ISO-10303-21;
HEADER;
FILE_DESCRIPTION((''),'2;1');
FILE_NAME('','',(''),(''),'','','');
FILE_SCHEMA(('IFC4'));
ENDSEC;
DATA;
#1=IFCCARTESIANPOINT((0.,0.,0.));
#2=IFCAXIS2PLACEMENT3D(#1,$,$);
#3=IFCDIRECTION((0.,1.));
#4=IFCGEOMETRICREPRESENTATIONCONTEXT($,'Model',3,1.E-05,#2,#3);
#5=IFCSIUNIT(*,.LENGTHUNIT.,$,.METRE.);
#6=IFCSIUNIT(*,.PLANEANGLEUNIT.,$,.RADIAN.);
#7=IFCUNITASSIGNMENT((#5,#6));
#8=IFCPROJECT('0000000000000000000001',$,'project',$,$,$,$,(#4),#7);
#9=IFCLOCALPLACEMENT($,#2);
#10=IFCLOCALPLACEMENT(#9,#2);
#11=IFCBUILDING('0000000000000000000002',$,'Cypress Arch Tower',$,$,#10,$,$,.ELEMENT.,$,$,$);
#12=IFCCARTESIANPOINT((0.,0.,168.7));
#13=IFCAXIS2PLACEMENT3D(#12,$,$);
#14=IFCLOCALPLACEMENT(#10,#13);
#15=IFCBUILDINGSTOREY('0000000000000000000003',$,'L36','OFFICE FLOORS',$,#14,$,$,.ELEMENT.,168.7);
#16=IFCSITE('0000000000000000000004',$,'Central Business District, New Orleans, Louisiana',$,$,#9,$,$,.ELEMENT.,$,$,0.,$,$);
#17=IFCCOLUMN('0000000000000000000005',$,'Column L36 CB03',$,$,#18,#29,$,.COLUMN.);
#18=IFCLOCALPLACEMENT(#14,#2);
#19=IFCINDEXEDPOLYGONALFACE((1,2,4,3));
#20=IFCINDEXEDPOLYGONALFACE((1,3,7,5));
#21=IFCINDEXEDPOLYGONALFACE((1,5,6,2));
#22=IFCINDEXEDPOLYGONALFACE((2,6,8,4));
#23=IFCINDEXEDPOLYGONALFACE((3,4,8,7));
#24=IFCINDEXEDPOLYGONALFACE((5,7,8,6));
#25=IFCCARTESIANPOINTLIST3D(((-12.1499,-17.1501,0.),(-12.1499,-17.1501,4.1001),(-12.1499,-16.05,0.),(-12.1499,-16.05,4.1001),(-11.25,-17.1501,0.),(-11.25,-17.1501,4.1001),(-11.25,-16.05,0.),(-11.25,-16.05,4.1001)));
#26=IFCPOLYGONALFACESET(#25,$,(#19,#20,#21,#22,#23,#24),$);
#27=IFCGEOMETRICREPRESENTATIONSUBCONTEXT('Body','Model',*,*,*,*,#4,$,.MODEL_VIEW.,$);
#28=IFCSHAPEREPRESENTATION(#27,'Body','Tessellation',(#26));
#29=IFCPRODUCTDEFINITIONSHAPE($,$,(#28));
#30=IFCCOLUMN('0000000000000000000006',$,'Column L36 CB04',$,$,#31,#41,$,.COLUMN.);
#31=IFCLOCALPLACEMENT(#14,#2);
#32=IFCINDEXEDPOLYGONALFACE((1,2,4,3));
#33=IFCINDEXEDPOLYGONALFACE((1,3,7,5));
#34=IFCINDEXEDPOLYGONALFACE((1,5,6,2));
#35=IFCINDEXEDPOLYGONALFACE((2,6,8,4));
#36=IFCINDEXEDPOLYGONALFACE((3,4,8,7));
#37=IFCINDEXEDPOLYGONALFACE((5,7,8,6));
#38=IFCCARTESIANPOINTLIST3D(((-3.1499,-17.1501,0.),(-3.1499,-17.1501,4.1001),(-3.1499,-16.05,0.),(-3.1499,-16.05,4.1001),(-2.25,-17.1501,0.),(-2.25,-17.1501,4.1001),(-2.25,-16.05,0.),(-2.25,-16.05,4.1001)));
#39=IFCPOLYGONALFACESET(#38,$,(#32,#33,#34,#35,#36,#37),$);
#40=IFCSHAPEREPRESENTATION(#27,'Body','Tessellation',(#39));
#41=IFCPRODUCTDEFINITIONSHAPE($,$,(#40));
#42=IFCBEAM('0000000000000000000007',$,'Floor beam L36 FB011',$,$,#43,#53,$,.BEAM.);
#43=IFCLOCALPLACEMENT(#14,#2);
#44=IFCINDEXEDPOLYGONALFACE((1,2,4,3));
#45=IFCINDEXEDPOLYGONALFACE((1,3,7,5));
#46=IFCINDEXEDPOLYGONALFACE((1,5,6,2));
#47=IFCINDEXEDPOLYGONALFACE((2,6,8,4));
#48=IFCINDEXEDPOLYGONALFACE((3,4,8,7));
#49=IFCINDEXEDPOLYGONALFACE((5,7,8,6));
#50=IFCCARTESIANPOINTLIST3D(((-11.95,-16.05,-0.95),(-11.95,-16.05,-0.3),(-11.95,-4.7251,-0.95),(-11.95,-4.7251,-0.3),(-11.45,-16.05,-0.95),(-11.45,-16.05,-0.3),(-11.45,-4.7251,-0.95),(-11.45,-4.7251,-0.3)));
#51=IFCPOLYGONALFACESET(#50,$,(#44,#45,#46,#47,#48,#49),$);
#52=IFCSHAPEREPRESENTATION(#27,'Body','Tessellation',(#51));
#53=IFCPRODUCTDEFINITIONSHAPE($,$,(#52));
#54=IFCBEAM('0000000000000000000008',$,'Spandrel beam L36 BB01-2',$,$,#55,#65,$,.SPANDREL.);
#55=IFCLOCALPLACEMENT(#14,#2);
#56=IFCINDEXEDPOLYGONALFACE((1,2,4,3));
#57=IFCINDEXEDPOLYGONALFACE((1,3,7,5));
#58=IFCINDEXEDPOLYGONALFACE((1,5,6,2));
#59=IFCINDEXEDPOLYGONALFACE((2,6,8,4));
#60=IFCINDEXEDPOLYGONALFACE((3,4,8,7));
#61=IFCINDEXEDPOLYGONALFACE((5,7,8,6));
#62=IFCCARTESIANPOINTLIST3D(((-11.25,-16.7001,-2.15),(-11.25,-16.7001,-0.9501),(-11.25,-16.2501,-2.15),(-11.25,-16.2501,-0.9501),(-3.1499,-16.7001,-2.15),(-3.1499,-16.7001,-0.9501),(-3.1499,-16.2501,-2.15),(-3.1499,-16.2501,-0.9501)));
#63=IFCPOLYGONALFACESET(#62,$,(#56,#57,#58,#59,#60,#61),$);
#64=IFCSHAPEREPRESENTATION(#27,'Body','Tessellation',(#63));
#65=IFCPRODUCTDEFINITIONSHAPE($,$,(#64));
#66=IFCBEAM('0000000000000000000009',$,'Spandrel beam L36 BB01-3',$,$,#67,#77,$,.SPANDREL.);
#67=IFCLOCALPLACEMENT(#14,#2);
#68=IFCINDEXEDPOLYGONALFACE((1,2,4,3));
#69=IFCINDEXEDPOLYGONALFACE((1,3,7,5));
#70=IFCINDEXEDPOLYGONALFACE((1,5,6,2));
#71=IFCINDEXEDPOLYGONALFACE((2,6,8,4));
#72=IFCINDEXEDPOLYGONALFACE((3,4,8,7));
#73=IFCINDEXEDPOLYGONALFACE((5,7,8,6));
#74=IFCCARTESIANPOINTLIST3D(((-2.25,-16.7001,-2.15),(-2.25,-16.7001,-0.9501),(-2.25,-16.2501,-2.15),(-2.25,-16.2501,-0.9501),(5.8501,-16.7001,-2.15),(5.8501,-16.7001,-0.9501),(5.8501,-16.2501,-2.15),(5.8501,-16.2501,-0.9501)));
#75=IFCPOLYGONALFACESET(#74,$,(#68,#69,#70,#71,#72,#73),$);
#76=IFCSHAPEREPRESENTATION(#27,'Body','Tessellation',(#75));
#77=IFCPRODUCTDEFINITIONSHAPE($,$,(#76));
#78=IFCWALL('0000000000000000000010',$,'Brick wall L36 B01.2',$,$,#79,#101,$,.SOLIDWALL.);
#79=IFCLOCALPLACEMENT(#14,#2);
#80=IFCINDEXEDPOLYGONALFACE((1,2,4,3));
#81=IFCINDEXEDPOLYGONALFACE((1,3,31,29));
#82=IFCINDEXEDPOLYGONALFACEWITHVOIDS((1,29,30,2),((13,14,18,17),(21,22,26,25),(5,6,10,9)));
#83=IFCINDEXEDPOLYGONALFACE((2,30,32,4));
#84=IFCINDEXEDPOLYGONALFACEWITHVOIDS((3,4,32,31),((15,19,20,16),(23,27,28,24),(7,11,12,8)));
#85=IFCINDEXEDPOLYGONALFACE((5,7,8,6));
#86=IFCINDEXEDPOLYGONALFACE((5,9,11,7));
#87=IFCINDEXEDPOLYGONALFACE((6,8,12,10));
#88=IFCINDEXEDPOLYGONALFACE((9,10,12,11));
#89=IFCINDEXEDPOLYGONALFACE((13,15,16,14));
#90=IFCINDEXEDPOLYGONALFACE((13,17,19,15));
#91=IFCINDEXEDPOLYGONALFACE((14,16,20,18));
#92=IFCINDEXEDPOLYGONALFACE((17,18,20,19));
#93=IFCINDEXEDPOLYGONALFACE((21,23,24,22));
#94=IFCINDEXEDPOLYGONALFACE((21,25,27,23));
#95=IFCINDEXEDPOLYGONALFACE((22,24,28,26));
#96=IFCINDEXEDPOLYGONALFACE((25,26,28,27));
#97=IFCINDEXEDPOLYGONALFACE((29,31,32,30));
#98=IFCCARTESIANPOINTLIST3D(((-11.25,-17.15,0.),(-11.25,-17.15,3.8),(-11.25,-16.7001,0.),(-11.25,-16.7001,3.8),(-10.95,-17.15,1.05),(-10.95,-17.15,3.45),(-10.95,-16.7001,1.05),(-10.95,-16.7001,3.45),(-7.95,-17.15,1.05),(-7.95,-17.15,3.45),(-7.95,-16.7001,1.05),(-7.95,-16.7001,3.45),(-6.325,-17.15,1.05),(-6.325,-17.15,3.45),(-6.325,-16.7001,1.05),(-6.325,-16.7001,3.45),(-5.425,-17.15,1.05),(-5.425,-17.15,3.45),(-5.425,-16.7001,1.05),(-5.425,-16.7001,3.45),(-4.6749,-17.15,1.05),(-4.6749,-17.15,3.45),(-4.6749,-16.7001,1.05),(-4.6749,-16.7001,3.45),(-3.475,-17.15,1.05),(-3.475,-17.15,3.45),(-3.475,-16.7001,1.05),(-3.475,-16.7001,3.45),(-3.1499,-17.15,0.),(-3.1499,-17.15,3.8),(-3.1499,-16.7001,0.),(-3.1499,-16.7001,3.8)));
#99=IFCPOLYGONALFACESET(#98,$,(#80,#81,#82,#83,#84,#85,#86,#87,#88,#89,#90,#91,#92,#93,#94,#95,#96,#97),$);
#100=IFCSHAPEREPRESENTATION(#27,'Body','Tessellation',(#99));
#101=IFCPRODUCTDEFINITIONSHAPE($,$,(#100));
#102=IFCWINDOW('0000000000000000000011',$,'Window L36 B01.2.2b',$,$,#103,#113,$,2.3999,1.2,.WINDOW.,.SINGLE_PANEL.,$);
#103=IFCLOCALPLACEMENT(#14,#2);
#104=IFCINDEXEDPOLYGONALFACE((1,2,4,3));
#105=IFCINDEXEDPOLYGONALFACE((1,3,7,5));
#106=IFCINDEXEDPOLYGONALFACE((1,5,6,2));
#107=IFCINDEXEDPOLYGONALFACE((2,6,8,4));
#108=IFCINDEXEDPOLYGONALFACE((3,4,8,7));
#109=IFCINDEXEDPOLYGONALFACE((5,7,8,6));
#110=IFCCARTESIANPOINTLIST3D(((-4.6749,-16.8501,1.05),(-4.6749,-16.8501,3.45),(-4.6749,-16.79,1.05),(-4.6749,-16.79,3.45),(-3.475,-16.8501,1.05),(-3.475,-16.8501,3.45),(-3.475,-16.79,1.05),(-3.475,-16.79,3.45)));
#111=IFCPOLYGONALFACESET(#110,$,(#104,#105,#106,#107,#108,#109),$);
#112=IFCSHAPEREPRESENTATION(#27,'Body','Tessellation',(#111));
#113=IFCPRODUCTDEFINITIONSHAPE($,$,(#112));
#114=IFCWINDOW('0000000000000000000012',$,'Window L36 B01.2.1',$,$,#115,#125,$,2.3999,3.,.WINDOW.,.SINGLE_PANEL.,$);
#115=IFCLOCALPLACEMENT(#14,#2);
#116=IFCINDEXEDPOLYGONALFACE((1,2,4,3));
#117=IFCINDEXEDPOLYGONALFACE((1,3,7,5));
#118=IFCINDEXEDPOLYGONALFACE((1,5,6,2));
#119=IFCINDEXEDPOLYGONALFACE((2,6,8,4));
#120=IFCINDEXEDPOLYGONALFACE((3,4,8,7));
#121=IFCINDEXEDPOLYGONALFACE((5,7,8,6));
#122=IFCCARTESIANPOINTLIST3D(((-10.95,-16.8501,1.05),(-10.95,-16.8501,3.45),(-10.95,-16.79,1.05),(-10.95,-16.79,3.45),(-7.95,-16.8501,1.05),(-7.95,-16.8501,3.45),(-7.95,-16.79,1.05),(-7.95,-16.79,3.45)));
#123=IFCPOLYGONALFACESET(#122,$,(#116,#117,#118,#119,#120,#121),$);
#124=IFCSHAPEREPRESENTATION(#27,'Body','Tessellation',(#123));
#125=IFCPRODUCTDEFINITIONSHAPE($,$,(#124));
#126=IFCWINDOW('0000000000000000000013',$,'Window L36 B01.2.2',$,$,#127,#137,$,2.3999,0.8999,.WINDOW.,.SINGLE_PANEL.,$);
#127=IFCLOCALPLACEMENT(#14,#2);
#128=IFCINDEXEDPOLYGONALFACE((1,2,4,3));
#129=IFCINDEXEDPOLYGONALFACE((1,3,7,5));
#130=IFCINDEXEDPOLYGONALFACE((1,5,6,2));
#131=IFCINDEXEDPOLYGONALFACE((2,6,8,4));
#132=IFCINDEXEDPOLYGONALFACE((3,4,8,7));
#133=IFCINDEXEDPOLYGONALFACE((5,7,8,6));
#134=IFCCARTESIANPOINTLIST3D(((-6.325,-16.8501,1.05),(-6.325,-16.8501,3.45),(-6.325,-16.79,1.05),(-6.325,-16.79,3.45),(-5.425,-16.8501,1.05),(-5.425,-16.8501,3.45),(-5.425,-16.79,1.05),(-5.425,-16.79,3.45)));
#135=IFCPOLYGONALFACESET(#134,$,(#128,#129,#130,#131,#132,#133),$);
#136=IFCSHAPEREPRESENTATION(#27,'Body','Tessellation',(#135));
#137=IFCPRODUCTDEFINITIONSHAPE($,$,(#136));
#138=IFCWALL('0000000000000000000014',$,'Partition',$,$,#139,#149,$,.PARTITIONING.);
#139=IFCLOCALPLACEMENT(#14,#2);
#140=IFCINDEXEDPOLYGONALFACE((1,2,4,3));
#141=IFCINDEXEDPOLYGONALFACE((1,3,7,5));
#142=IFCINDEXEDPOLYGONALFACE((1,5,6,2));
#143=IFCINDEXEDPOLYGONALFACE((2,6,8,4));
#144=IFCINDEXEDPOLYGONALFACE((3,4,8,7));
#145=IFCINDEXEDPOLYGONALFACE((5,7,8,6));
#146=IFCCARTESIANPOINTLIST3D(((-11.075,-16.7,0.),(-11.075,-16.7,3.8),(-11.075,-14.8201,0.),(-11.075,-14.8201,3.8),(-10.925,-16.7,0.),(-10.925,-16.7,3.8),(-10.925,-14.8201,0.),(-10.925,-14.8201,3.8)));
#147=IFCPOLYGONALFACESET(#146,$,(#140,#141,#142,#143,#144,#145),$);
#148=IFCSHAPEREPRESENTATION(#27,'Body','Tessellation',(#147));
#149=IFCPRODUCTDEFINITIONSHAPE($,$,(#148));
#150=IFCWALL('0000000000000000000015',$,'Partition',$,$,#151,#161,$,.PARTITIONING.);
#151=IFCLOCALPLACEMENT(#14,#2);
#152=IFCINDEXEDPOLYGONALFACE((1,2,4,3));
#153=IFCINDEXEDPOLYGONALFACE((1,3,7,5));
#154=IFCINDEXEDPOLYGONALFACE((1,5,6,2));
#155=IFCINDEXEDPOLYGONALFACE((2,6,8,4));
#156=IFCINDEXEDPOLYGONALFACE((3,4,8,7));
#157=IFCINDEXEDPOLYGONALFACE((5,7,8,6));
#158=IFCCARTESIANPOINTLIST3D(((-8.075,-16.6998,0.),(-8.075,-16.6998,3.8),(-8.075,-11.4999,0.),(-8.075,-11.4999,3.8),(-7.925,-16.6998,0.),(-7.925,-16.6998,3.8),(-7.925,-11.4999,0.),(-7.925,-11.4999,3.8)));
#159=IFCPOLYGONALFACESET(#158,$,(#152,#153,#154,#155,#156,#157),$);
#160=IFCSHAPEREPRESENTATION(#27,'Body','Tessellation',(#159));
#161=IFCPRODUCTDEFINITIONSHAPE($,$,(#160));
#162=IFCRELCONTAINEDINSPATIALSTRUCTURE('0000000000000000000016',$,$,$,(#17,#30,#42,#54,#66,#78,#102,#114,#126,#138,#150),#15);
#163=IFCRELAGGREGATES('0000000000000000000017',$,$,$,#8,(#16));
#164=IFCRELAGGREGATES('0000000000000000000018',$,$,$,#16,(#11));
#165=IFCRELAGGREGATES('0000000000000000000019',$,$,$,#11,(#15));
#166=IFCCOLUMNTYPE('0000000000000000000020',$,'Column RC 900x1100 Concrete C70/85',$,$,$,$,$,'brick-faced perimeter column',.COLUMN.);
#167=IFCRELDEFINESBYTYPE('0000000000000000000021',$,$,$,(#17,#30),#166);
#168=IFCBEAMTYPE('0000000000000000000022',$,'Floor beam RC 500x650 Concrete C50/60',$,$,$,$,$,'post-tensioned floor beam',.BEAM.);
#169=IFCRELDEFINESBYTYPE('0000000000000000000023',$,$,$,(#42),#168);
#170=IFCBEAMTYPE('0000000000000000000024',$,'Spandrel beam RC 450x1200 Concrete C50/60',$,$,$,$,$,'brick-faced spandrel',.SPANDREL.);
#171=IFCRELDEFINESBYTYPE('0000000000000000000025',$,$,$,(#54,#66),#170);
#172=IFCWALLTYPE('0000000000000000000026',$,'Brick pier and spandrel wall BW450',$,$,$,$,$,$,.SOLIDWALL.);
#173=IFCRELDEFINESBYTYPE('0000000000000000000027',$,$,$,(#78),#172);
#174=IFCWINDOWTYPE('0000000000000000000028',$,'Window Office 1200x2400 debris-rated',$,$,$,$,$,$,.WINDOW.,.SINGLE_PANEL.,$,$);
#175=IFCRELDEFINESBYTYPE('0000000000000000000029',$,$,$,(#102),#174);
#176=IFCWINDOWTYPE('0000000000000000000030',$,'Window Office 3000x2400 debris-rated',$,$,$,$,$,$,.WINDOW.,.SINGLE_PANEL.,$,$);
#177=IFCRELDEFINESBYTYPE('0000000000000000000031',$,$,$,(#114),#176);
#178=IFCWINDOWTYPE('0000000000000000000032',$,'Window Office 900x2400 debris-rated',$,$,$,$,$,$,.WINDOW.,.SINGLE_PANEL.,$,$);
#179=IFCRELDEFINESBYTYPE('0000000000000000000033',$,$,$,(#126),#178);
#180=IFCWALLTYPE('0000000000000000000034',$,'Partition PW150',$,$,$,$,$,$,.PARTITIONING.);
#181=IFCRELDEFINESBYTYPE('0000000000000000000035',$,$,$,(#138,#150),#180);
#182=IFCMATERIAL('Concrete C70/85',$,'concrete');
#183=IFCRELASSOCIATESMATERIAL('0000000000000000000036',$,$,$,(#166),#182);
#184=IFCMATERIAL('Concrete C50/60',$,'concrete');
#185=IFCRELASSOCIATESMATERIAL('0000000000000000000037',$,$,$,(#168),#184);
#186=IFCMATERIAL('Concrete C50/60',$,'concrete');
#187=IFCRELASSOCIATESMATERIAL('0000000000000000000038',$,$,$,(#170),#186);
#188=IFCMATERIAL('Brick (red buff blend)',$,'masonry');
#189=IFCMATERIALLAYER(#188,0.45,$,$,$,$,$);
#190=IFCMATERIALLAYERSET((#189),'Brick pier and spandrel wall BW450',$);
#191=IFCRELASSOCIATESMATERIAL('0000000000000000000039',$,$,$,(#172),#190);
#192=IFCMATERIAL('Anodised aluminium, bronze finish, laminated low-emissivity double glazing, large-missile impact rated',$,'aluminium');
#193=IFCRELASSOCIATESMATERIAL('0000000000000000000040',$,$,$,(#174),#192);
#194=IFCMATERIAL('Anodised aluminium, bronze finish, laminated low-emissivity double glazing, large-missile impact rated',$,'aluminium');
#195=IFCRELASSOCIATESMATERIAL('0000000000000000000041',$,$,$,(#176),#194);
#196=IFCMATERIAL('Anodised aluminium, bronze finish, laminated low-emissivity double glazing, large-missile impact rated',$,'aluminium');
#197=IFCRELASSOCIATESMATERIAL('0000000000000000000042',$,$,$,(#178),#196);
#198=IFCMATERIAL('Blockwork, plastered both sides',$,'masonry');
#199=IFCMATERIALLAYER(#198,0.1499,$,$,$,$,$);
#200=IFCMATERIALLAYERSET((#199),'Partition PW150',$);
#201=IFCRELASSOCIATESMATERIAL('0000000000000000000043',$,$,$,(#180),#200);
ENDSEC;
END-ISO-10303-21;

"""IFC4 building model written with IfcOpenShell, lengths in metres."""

from ifc_helpers import new_model, si_unit, direction, frame, frame_2d, origin, origin_2d, place, context, subcontext, project, spatial, rectangle, extrude, material, layer, layer_set, material_profile, profile_set, type_object, element, fill, save


model = new_model("IFC4")

# Units and contexts
model_context = context("Model", 3, precision=1e-05, world=origin(), true_north=direction((0.0, 1.0)))
body_context = subcontext(model_context, "Body", "Model", "MODEL_VIEW")
ifc_project = project(units=[si_unit("LENGTHUNIT", "METRE"), si_unit("PLANEANGLEUNIT", "RADIAN")], contexts=[model_context])

# Site, building, storey
site_placement = place(None, origin())
site = spatial("IfcSite", under=ifc_project, at=site_placement, Name="Central Business District, New Orleans, Louisiana", CompositionType="ELEMENT", RefElevation=0.0)
building_placement = place(site_placement, origin())
building = spatial("IfcBuilding", under=site, at=building_placement, Name="Cypress Arch Tower", CompositionType="ELEMENT")
storey_placement = place(building_placement, frame((0.0, 0.0, 168.7)))
storey = spatial("IfcBuildingStorey", under=building, at=storey_placement, Name="L36", Description="OFFICE FLOORS", CompositionType="ELEMENT", Elevation=168.7)

# Columns
ifc_material_1 = material(Name="Concrete C70/85", Category="concrete")
ifc_material_profile_1 = material_profile(ifc_material_1, rectangle(XDim=0.8999, YDim=1.1001, at=origin_2d()), Name="RC 900x1100")
ifc_profile_set_1 = profile_set([ifc_material_profile_1], Name="Concrete C70/85")
column_type = type_object("IfcColumnType", Name="Column RC 900x1100 Concrete C70/85", ElementType="brick-faced perimeter column", PredefinedType="COLUMN", material=ifc_profile_set_1)
for number, where, z_axis, x_axis, name in (
    (1, (-11.7, -16.6001, 0.0), (0.0, 0.0, 1.0), (1.0, 0.0, 0.0), "Column L36 CB03"),
    (2, (-2.7, -16.6001, 0.0), (0.0, 0.0, 1.0), (1.0, 0.0, 0.0), "Column L36 CB04"),
):
    element("IfcColumn", number, at=place(storey_placement, frame(where, z_axis=z_axis, x_axis=x_axis)), inside=storey, type_object=column_type, Name=name, PredefinedType="COLUMN", context=body_context, shape_type="SweptSolid", body=[
        extrude(rectangle(XDim=0.8999, YDim=1.1001, at=origin_2d()), origin(), (0.0, 0.0, 1.0), 4.1001),
    ])

# Beams
ifc_material_2 = material(Name="Concrete C50/60", Category="concrete")
ifc_material_profile_2 = material_profile(ifc_material_2, rectangle(XDim=0.5, YDim=0.6499, at=origin_2d()), Name="RC 500x650")
ifc_profile_set_2 = profile_set([ifc_material_profile_2], Name="Concrete C50/60")
beam_type_1 = type_object("IfcBeamType", Name="Floor beam RC 500x650 Concrete C50/60", ElementType="post-tensioned floor beam", PredefinedType="BEAM", material=ifc_profile_set_2)
beam_placement = place(storey_placement, frame((-11.7, -16.05, -0.625), z_axis=(0.0, 1.0, 0.0), x_axis=(-1.0, 0.0, 0.0)))
element("IfcBeam", 3, at=beam_placement, inside=storey, type_object=beam_type_1, Name="Floor beam L36 FB011", PredefinedType="BEAM", context=body_context, shape_type="SweptSolid", body=[
    extrude(rectangle(XDim=0.5, YDim=0.6499, at=origin_2d()), origin(), (0.0, 0.0, 1.0), 11.325),
])
ifc_material_3 = material(Name="Concrete C50/60", Category="concrete")
ifc_material_profile_3 = material_profile(ifc_material_3, rectangle(XDim=0.45, YDim=1.2, at=origin_2d()), Name="RC 450x1200")
ifc_profile_set_3 = profile_set([ifc_material_profile_3], Name="Concrete C50/60")
beam_type_2 = type_object("IfcBeamType", Name="Spandrel beam RC 450x1200 Concrete C50/60", ElementType="brick-faced spandrel", PredefinedType="SPANDREL", material=ifc_profile_set_3)
for number, where, z_axis, x_axis, name in (
    (4, (-11.25, -16.4751, -1.55), (1.0, 0.0, 0.0), (0.0, 1.0, 0.0), "Spandrel beam L36 BB01-2"),
    (5, (-2.25, -16.4751, -1.55), (1.0, 0.0, 0.0), (0.0, 1.0, 0.0), "Spandrel beam L36 BB01-3"),
):
    element("IfcBeam", number, at=place(storey_placement, frame(where, z_axis=z_axis, x_axis=x_axis)), inside=storey, type_object=beam_type_2, Name=name, PredefinedType="SPANDREL", context=body_context, shape_type="SweptSolid", body=[
        extrude(rectangle(XDim=0.45, YDim=1.2, at=origin_2d()), origin(), (0.0, 0.0, 1.0), 8.1001),
    ])

# Wall, openings, windows
ifc_material_4 = material(Name="Brick (red buff blend)", Category="masonry")
ifc_layer_1 = layer(ifc_material_4, 0.45)
ifc_layer_set_1 = layer_set([ifc_layer_1], Name="Brick pier and spandrel wall BW450")
wall_type_1 = type_object("IfcWallType", Name="Brick pier and spandrel wall BW450", PredefinedType="SOLIDWALL", material=ifc_layer_set_1)
wall_1_placement = place(storey_placement, frame((-11.25, -16.925, 0.0), z_axis=(0.0, 0.0, 1.0), x_axis=(1.0, 0.0, 0.0)))
wall_1 = element("IfcWall", 6, at=wall_1_placement, inside=storey, type_object=wall_type_1, Name="Brick wall L36 B01.2", PredefinedType="SOLIDWALL", context=body_context, shape_type="SweptSolid", body=[
    extrude(rectangle(XDim=8.1001, YDim=0.45, at=frame_2d((4.05, 0.0))), origin(), (0.0, 0.0, 1.0), 3.8),
])
opening_1_placement = place(wall_1_placement, frame((0.3, 0.0, 1.05)))
opening_1 = element("IfcOpeningElement", 7, at=opening_1_placement, cuts=wall_1, PredefinedType="OPENING", context=body_context, shape_type="SweptSolid", body=[
    extrude(rectangle(XDim=3.0, YDim=2.3999, at=frame_2d((1.5, 1.2))), frame((0.0, 0.2349, 0.0), z_axis=(0.0, -1.0, 0.0), x_axis=(1.0, 0.0, 0.0)), (0.0, 0.0, 1.0), 0.47),
])
opening_2_placement = place(wall_1_placement, frame((4.925, 0.0, 1.05)))
opening_2 = element("IfcOpeningElement", 8, at=opening_2_placement, cuts=wall_1, PredefinedType="OPENING", context=body_context, shape_type="SweptSolid", body=[
    extrude(rectangle(XDim=0.8999, YDim=2.3999, at=frame_2d((0.45, 1.2))), frame((0.0, 0.2349, 0.0), z_axis=(0.0, -1.0, 0.0), x_axis=(1.0, 0.0, 0.0)), (0.0, 0.0, 1.0), 0.47),
])
opening_3_placement = place(wall_1_placement, frame((6.575, 0.0, 1.05)))
opening_3 = element("IfcOpeningElement", 9, at=opening_3_placement, cuts=wall_1, PredefinedType="OPENING", context=body_context, shape_type="SweptSolid", body=[
    extrude(rectangle(XDim=1.2, YDim=2.3999, at=frame_2d((0.6001, 1.2))), frame((0.0, 0.2349, 0.0), z_axis=(0.0, -1.0, 0.0), x_axis=(1.0, 0.0, 0.0)), (0.0, 0.0, 1.0), 0.47),
])
ifc_material_5 = material(Name="Anodised aluminium, bronze finish, laminated low-emissivity double glazing, large-missile impact rated", Category="aluminium")
window_type_1 = type_object("IfcWindowType", Name="Window Office 1200x2400 debris-rated", PartitioningType="SINGLE_PANEL", PredefinedType="WINDOW", material=ifc_material_5)
window_1_placement = place(opening_3_placement, origin())
window_1 = element("IfcWindow", 10, at=window_1_placement, inside=storey, type_object=window_type_1, Name="Window L36 B01.2.2b", OverallHeight=2.3999, OverallWidth=1.2, PartitioningType="SINGLE_PANEL", PredefinedType="WINDOW", context=body_context, shape_type="SweptSolid", body=[
    extrude(rectangle(XDim=1.2, YDim=2.3999, at=frame_2d((0.6001, 1.2))), frame((0.0, 0.135, 0.0), z_axis=(0.0, -1.0, 0.0), x_axis=(1.0, 0.0, 0.0)), (0.0, 0.0, 1.0), 0.0601),
])
fill(opening_3, window_1)
ifc_material_6 = material(Name="Anodised aluminium, bronze finish, laminated low-emissivity double glazing, large-missile impact rated", Category="aluminium")
window_type_2 = type_object("IfcWindowType", Name="Window Office 3000x2400 debris-rated", PartitioningType="SINGLE_PANEL", PredefinedType="WINDOW", material=ifc_material_6)
window_2_placement = place(opening_1_placement, origin())
window_2 = element("IfcWindow", 11, at=window_2_placement, inside=storey, type_object=window_type_2, Name="Window L36 B01.2.1", OverallHeight=2.3999, OverallWidth=3.0, PartitioningType="SINGLE_PANEL", PredefinedType="WINDOW", context=body_context, shape_type="SweptSolid", body=[
    extrude(rectangle(XDim=3.0, YDim=2.3999, at=frame_2d((1.5, 1.2))), frame((0.0, 0.135, 0.0), z_axis=(0.0, -1.0, 0.0), x_axis=(1.0, 0.0, 0.0)), (0.0, 0.0, 1.0), 0.0601),
])
fill(opening_1, window_2)
ifc_material_7 = material(Name="Anodised aluminium, bronze finish, laminated low-emissivity double glazing, large-missile impact rated", Category="aluminium")
window_type_3 = type_object("IfcWindowType", Name="Window Office 900x2400 debris-rated", PartitioningType="SINGLE_PANEL", PredefinedType="WINDOW", material=ifc_material_7)
window_3_placement = place(opening_2_placement, origin())
window_3 = element("IfcWindow", 12, at=window_3_placement, inside=storey, type_object=window_type_3, Name="Window L36 B01.2.2", OverallHeight=2.3999, OverallWidth=0.8999, PartitioningType="SINGLE_PANEL", PredefinedType="WINDOW", context=body_context, shape_type="SweptSolid", body=[
    extrude(rectangle(XDim=0.8999, YDim=2.3999, at=frame_2d((0.45, 1.2))), frame((0.0, 0.135, 0.0), z_axis=(0.0, -1.0, 0.0), x_axis=(1.0, 0.0, 0.0)), (0.0, 0.0, 1.0), 0.0601),
])
fill(opening_2, window_3)

# Walls
ifc_material_8 = material(Name="Blockwork, plastered both sides", Category="masonry")
ifc_layer_2 = layer(ifc_material_8, 0.1499)
ifc_layer_set_2 = layer_set([ifc_layer_2], Name="Partition PW150")
wall_type_2 = type_object("IfcWallType", Name="Partition PW150", PredefinedType="PARTITIONING", material=ifc_layer_set_2)
wall_2_placement = place(storey_placement, frame((-11.0, -16.7, 0.0), z_axis=(0.0, 0.0, 1.0), x_axis=(0.0, 1.0, 0.0)))
element("IfcWall", 13, at=wall_2_placement, inside=storey, type_object=wall_type_2, Name="Partition", PredefinedType="PARTITIONING", context=body_context, shape_type="SweptSolid", body=[
    extrude(rectangle(XDim=1.8799, YDim=0.1499, at=frame_2d((0.9399, 0.0))), origin(), (0.0, 0.0, 1.0), 3.8),
])
wall_3_placement = place(storey_placement, frame((-8.0, -16.7, 0.0), z_axis=(0.0, 0.0, 1.0), x_axis=(0.0, 1.0, 0.0)))
element("IfcWall", 14, at=wall_3_placement, inside=storey, type_object=wall_type_2, Name="Partition", PredefinedType="PARTITIONING", context=body_context, shape_type="SweptSolid", body=[
    extrude(rectangle(XDim=5.2, YDim=0.1499, at=frame_2d((2.6001, 0.0))), origin(), (0.0, 0.0, 1.0), 3.8),
])

save(model, "model.ifc")
